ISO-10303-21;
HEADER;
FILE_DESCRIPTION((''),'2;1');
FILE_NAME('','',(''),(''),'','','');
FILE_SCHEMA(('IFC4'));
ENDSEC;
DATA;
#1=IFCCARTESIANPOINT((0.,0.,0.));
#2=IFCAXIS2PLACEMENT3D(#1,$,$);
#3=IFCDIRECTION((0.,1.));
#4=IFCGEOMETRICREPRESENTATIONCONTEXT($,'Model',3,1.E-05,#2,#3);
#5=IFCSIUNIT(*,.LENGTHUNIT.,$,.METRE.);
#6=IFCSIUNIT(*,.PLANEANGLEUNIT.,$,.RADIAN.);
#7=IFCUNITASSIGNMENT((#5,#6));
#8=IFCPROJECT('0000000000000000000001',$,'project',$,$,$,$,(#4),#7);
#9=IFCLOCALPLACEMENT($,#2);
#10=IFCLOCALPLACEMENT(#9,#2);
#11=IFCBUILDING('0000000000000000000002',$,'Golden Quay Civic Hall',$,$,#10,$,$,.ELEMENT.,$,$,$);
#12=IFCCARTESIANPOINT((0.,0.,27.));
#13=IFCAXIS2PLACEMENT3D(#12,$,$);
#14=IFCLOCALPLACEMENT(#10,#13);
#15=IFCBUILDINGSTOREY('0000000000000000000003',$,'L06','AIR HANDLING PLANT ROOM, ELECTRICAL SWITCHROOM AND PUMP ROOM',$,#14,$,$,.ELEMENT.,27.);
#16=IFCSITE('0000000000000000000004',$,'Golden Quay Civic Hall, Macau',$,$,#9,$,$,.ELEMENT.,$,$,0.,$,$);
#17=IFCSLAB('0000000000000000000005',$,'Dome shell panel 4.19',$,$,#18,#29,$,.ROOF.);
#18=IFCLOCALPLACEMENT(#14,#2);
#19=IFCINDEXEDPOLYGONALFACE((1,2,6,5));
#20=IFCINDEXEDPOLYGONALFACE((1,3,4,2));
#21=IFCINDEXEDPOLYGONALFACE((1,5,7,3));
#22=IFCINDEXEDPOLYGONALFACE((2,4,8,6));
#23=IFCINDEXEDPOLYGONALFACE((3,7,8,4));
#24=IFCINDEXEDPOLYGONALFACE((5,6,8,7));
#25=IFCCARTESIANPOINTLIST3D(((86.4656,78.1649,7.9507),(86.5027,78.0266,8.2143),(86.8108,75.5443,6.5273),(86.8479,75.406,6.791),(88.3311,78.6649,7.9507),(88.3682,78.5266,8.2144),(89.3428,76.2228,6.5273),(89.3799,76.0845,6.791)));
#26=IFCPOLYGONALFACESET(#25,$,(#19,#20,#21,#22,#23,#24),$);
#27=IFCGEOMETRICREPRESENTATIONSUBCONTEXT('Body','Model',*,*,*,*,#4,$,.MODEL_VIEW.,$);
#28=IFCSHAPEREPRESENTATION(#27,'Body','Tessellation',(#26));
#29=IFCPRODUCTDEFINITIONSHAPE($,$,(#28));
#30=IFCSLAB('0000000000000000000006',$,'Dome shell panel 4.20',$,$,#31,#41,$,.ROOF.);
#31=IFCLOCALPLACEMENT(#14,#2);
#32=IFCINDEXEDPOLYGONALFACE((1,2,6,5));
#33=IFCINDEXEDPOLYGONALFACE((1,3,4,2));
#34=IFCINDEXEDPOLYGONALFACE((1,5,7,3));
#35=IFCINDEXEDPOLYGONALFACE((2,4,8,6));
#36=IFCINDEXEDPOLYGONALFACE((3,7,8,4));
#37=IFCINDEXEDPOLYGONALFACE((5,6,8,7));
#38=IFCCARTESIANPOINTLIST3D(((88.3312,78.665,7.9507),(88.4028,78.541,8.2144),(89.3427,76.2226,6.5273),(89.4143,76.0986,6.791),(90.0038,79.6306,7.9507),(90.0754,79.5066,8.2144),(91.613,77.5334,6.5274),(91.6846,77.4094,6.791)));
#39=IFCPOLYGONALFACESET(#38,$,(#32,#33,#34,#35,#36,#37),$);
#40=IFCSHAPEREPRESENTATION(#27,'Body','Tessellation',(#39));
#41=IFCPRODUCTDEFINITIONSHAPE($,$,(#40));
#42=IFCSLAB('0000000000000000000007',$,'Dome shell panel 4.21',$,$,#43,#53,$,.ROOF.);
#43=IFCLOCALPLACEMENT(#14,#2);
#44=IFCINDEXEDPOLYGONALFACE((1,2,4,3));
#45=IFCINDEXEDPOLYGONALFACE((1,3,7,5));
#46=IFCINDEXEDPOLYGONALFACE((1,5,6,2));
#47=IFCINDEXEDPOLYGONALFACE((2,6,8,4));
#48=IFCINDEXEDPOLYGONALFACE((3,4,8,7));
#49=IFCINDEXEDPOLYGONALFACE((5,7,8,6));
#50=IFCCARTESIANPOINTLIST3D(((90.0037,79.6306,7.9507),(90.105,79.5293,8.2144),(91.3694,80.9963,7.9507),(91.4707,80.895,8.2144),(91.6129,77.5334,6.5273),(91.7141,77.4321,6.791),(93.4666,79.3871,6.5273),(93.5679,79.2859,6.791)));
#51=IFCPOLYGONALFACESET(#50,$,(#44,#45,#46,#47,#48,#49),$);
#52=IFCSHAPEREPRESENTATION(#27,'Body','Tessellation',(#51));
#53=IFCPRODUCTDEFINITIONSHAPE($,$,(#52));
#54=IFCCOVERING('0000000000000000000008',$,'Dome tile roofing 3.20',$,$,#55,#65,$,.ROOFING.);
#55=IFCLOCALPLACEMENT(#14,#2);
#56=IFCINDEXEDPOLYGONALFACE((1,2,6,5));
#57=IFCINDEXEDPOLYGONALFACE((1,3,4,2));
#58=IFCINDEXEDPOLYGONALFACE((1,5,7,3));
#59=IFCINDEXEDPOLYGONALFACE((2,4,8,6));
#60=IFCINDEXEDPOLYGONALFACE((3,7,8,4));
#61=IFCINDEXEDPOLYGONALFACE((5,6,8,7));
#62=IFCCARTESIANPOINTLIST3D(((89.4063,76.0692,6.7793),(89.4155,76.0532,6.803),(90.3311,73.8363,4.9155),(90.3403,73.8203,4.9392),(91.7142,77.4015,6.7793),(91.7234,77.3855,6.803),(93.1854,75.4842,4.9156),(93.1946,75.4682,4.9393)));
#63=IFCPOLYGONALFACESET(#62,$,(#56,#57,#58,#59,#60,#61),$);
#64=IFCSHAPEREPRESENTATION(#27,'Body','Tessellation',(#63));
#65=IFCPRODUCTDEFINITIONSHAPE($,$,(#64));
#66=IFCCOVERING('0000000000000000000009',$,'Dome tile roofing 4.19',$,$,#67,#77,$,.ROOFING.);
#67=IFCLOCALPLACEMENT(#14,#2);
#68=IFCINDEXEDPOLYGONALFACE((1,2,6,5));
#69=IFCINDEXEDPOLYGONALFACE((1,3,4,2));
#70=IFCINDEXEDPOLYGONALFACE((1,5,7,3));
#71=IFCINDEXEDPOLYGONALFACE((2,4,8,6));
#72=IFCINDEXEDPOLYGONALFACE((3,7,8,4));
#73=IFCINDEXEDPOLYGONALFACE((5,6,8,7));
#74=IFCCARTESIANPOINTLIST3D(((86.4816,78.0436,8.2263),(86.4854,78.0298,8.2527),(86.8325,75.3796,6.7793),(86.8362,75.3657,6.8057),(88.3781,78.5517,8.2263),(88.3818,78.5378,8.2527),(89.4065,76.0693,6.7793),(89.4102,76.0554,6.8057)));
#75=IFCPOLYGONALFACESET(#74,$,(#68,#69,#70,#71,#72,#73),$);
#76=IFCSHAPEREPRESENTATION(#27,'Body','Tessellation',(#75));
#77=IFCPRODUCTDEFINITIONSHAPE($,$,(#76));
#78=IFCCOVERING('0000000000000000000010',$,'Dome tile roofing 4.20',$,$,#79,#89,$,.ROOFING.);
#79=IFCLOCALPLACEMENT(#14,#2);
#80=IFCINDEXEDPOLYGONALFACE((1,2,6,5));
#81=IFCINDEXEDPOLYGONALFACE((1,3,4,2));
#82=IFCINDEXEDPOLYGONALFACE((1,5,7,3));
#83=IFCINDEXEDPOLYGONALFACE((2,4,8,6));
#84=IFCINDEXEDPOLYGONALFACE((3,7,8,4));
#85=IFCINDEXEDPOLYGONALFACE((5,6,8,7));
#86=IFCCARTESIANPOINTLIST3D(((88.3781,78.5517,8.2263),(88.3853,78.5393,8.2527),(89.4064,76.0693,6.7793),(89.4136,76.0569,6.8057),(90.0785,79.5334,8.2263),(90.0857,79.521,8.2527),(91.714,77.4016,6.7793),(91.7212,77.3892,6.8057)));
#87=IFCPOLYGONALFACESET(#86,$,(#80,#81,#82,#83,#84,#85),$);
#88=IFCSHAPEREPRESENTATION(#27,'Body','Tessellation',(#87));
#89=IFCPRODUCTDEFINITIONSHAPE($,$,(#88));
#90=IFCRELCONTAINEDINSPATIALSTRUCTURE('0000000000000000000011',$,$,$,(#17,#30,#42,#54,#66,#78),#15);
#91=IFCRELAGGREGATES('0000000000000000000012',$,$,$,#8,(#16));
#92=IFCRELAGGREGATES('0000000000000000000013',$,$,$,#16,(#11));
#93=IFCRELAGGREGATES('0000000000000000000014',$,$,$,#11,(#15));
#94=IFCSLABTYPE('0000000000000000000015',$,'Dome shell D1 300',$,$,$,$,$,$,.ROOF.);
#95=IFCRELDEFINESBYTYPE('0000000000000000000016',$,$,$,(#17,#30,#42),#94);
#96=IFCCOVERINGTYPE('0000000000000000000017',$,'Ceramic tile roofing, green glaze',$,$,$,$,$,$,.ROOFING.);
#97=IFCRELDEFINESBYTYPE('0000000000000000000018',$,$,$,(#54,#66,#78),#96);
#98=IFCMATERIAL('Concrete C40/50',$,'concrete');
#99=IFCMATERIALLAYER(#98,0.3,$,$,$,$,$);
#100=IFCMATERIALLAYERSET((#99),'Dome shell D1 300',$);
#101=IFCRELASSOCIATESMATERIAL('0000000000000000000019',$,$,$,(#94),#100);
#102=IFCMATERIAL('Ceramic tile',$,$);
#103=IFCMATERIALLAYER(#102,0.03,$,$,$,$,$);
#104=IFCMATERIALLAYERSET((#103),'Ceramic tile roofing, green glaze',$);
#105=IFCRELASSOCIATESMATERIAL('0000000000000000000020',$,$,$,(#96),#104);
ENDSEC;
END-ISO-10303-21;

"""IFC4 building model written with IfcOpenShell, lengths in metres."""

from ifc_helpers import new_model, si_unit, direction, frame, origin, place, context, subcontext, project, spatial, polyline, outline, extrude, material, layer, layer_set, type_object, element, save


model = new_model("IFC4")

# Units and contexts
model_context = context("Model", 3, precision=1e-05, world=origin(), true_north=direction((0.0, 1.0)))
body_context = subcontext(model_context, "Body", "Model", "MODEL_VIEW")
ifc_project = project(units=[si_unit("LENGTHUNIT", "METRE"), si_unit("PLANEANGLEUNIT", "RADIAN")], contexts=[model_context])

# Site, building, storey
site_placement = place(None, origin())
site = spatial("IfcSite", under=ifc_project, at=site_placement, Name="Golden Quay Civic Hall, Macau", CompositionType="ELEMENT", RefElevation=0.0)
building_placement = place(site_placement, origin())
building = spatial("IfcBuilding", under=site, at=building_placement, Name="Golden Quay Civic Hall", CompositionType="ELEMENT")
storey_placement = place(building_placement, frame((0.0, 0.0, 27.0)))
storey = spatial("IfcBuildingStorey", under=building, at=storey_placement, Name="L06", Description="AIR HANDLING PLANT ROOM, ELECTRICAL SWITCHROOM AND PUMP ROOM", CompositionType="ELEMENT", Elevation=27.0)

# Slabs
ifc_material_1 = material(Name="Concrete C40/50", Category="concrete")
ifc_layer_1 = layer(ifc_material_1, 0.3)
ifc_layer_set_1 = layer_set([ifc_layer_1], Name="Dome shell D1 300")
slab_type = type_object("IfcSlabType", Name="Dome shell D1 300", PredefinedType="ROOF", material=ifc_layer_set_1)
slab_1_placement = place(storey_placement, frame((86.8479, 75.406, 6.791), z_axis=(0.123542, -0.460997, 0.87876), x_axis=(0.965922, 0.258834, -0.000011)))
element("IfcSlab", 1, at=slab_1_placement, inside=storey, type_object=slab_type, Name="Dome shell panel 4.19", PredefinedType="ROOF", context=body_context, shape_type="SweptSolid", body=[
    extrude(outline(polyline([(0.0, 0.0), (2.6213, 0.0), (2.2762, 2.9823), (0.3448, 2.9822), (0.0, 0.0)])), origin(), (0.0, 0.0, -1.0), 0.3),
])
slab_2_placement = place(storey_placement, frame((89.4143, 76.0986, 6.791), z_axis=(0.23862, -0.413311, 0.878769), x_axis=(0.86602, 0.50001, 0.000011)))
element("IfcSlab", 2, at=slab_2_placement, inside=storey, type_object=slab_type, Name="Dome shell panel 4.20", PredefinedType="ROOF", context=body_context, shape_type="SweptSolid", body=[
    extrude(outline(polyline([(0.0, 0.0), (2.6215, 0.0), (2.2766, 2.9823), (0.3453, 2.9824), (0.0, 0.0)])), origin(), (0.0, 0.0, -1.0), 0.3),
])
slab_3_placement = place(storey_placement, frame((91.7141, 77.4321, 6.791), z_axis=(0.337473, -0.337473, 0.878762), x_axis=(0.707107, 0.707107, 0.0)))
element("IfcSlab", 3, at=slab_3_placement, inside=storey, type_object=slab_type, Name="Dome shell panel 4.21", PredefinedType="ROOF", context=body_context, shape_type="SweptSolid", body=[
    extrude(outline(polyline([(0.0, 0.0), (2.6216, 0.0), (2.2765, 2.9823), (0.3451, 2.9823), (0.0, 0.0)])), origin(), (0.0, 0.0, -1.0), 0.3),
])

# Coverings
ifc_material_2 = material(Name="Ceramic tile")
ifc_layer_2 = layer(ifc_material_2, 0.03)
ifc_layer_set_2 = layer_set([ifc_layer_2], Name="Ceramic tile roofing, green glaze")
covering_type = type_object("IfcCoveringType", Name="Ceramic tile roofing, green glaze", PredefinedType="ROOFING", material=ifc_layer_set_2)
covering_1_placement = place(storey_placement, frame((90.3403, 73.8203, 4.9392), z_axis=(0.306978, -0.531723, 0.789326), x_axis=(0.866025, 0.500001, 0.000015)))
element("IfcCovering", 4, at=covering_1_placement, inside=storey, type_object=covering_type, Name="Dome tile roofing 3.20", PredefinedType="ROOFING", context=body_context, shape_type="SweptSolid", body=[
    extrude(outline(polyline([(0.0, 0.0), (3.2958, 0.0), (2.9804, 3.0355), (0.3156, 3.0357), (0.0, 0.0)])), origin(), (0.0, 0.0, -1.0), 0.03),
])
covering_2_placement = place(storey_placement, frame((86.8362, 75.3657, 6.8057), z_axis=(0.123525, -0.461042, 0.878739), x_axis=(0.965927, 0.258815, 0.000009)))
element("IfcCovering", 5, at=covering_2_placement, inside=storey, type_object=covering_type, Name="Dome tile roofing 4.19", PredefinedType="ROOFING", context=body_context, shape_type="SweptSolid", body=[
    extrude(outline(polyline([(0.0, 0.0), (2.6648, 0.0), (2.314, 3.0316), (0.3506, 3.0317), (0.0, 0.0)])), origin(), (0.0, 0.0, -1.0), 0.03),
])
covering_3_placement = place(storey_placement, frame((89.4136, 76.0569, 6.8057), z_axis=(0.238648, -0.413367, 0.878735), x_axis=(0.866031, 0.499991, 0.000003)))
element("IfcCovering", 6, at=covering_3_placement, inside=storey, type_object=covering_type, Name="Dome tile roofing 4.20", PredefinedType="ROOFING", context=body_context, shape_type="SweptSolid", body=[
    extrude(outline(polyline([(0.0, 0.0), (2.6646, 0.0), (2.3141, 3.0316), (0.3506, 3.0316), (0.0, 0.0)])), origin(), (0.0, 0.0, -1.0), 0.03),
])

save(model, "model.ifc")
